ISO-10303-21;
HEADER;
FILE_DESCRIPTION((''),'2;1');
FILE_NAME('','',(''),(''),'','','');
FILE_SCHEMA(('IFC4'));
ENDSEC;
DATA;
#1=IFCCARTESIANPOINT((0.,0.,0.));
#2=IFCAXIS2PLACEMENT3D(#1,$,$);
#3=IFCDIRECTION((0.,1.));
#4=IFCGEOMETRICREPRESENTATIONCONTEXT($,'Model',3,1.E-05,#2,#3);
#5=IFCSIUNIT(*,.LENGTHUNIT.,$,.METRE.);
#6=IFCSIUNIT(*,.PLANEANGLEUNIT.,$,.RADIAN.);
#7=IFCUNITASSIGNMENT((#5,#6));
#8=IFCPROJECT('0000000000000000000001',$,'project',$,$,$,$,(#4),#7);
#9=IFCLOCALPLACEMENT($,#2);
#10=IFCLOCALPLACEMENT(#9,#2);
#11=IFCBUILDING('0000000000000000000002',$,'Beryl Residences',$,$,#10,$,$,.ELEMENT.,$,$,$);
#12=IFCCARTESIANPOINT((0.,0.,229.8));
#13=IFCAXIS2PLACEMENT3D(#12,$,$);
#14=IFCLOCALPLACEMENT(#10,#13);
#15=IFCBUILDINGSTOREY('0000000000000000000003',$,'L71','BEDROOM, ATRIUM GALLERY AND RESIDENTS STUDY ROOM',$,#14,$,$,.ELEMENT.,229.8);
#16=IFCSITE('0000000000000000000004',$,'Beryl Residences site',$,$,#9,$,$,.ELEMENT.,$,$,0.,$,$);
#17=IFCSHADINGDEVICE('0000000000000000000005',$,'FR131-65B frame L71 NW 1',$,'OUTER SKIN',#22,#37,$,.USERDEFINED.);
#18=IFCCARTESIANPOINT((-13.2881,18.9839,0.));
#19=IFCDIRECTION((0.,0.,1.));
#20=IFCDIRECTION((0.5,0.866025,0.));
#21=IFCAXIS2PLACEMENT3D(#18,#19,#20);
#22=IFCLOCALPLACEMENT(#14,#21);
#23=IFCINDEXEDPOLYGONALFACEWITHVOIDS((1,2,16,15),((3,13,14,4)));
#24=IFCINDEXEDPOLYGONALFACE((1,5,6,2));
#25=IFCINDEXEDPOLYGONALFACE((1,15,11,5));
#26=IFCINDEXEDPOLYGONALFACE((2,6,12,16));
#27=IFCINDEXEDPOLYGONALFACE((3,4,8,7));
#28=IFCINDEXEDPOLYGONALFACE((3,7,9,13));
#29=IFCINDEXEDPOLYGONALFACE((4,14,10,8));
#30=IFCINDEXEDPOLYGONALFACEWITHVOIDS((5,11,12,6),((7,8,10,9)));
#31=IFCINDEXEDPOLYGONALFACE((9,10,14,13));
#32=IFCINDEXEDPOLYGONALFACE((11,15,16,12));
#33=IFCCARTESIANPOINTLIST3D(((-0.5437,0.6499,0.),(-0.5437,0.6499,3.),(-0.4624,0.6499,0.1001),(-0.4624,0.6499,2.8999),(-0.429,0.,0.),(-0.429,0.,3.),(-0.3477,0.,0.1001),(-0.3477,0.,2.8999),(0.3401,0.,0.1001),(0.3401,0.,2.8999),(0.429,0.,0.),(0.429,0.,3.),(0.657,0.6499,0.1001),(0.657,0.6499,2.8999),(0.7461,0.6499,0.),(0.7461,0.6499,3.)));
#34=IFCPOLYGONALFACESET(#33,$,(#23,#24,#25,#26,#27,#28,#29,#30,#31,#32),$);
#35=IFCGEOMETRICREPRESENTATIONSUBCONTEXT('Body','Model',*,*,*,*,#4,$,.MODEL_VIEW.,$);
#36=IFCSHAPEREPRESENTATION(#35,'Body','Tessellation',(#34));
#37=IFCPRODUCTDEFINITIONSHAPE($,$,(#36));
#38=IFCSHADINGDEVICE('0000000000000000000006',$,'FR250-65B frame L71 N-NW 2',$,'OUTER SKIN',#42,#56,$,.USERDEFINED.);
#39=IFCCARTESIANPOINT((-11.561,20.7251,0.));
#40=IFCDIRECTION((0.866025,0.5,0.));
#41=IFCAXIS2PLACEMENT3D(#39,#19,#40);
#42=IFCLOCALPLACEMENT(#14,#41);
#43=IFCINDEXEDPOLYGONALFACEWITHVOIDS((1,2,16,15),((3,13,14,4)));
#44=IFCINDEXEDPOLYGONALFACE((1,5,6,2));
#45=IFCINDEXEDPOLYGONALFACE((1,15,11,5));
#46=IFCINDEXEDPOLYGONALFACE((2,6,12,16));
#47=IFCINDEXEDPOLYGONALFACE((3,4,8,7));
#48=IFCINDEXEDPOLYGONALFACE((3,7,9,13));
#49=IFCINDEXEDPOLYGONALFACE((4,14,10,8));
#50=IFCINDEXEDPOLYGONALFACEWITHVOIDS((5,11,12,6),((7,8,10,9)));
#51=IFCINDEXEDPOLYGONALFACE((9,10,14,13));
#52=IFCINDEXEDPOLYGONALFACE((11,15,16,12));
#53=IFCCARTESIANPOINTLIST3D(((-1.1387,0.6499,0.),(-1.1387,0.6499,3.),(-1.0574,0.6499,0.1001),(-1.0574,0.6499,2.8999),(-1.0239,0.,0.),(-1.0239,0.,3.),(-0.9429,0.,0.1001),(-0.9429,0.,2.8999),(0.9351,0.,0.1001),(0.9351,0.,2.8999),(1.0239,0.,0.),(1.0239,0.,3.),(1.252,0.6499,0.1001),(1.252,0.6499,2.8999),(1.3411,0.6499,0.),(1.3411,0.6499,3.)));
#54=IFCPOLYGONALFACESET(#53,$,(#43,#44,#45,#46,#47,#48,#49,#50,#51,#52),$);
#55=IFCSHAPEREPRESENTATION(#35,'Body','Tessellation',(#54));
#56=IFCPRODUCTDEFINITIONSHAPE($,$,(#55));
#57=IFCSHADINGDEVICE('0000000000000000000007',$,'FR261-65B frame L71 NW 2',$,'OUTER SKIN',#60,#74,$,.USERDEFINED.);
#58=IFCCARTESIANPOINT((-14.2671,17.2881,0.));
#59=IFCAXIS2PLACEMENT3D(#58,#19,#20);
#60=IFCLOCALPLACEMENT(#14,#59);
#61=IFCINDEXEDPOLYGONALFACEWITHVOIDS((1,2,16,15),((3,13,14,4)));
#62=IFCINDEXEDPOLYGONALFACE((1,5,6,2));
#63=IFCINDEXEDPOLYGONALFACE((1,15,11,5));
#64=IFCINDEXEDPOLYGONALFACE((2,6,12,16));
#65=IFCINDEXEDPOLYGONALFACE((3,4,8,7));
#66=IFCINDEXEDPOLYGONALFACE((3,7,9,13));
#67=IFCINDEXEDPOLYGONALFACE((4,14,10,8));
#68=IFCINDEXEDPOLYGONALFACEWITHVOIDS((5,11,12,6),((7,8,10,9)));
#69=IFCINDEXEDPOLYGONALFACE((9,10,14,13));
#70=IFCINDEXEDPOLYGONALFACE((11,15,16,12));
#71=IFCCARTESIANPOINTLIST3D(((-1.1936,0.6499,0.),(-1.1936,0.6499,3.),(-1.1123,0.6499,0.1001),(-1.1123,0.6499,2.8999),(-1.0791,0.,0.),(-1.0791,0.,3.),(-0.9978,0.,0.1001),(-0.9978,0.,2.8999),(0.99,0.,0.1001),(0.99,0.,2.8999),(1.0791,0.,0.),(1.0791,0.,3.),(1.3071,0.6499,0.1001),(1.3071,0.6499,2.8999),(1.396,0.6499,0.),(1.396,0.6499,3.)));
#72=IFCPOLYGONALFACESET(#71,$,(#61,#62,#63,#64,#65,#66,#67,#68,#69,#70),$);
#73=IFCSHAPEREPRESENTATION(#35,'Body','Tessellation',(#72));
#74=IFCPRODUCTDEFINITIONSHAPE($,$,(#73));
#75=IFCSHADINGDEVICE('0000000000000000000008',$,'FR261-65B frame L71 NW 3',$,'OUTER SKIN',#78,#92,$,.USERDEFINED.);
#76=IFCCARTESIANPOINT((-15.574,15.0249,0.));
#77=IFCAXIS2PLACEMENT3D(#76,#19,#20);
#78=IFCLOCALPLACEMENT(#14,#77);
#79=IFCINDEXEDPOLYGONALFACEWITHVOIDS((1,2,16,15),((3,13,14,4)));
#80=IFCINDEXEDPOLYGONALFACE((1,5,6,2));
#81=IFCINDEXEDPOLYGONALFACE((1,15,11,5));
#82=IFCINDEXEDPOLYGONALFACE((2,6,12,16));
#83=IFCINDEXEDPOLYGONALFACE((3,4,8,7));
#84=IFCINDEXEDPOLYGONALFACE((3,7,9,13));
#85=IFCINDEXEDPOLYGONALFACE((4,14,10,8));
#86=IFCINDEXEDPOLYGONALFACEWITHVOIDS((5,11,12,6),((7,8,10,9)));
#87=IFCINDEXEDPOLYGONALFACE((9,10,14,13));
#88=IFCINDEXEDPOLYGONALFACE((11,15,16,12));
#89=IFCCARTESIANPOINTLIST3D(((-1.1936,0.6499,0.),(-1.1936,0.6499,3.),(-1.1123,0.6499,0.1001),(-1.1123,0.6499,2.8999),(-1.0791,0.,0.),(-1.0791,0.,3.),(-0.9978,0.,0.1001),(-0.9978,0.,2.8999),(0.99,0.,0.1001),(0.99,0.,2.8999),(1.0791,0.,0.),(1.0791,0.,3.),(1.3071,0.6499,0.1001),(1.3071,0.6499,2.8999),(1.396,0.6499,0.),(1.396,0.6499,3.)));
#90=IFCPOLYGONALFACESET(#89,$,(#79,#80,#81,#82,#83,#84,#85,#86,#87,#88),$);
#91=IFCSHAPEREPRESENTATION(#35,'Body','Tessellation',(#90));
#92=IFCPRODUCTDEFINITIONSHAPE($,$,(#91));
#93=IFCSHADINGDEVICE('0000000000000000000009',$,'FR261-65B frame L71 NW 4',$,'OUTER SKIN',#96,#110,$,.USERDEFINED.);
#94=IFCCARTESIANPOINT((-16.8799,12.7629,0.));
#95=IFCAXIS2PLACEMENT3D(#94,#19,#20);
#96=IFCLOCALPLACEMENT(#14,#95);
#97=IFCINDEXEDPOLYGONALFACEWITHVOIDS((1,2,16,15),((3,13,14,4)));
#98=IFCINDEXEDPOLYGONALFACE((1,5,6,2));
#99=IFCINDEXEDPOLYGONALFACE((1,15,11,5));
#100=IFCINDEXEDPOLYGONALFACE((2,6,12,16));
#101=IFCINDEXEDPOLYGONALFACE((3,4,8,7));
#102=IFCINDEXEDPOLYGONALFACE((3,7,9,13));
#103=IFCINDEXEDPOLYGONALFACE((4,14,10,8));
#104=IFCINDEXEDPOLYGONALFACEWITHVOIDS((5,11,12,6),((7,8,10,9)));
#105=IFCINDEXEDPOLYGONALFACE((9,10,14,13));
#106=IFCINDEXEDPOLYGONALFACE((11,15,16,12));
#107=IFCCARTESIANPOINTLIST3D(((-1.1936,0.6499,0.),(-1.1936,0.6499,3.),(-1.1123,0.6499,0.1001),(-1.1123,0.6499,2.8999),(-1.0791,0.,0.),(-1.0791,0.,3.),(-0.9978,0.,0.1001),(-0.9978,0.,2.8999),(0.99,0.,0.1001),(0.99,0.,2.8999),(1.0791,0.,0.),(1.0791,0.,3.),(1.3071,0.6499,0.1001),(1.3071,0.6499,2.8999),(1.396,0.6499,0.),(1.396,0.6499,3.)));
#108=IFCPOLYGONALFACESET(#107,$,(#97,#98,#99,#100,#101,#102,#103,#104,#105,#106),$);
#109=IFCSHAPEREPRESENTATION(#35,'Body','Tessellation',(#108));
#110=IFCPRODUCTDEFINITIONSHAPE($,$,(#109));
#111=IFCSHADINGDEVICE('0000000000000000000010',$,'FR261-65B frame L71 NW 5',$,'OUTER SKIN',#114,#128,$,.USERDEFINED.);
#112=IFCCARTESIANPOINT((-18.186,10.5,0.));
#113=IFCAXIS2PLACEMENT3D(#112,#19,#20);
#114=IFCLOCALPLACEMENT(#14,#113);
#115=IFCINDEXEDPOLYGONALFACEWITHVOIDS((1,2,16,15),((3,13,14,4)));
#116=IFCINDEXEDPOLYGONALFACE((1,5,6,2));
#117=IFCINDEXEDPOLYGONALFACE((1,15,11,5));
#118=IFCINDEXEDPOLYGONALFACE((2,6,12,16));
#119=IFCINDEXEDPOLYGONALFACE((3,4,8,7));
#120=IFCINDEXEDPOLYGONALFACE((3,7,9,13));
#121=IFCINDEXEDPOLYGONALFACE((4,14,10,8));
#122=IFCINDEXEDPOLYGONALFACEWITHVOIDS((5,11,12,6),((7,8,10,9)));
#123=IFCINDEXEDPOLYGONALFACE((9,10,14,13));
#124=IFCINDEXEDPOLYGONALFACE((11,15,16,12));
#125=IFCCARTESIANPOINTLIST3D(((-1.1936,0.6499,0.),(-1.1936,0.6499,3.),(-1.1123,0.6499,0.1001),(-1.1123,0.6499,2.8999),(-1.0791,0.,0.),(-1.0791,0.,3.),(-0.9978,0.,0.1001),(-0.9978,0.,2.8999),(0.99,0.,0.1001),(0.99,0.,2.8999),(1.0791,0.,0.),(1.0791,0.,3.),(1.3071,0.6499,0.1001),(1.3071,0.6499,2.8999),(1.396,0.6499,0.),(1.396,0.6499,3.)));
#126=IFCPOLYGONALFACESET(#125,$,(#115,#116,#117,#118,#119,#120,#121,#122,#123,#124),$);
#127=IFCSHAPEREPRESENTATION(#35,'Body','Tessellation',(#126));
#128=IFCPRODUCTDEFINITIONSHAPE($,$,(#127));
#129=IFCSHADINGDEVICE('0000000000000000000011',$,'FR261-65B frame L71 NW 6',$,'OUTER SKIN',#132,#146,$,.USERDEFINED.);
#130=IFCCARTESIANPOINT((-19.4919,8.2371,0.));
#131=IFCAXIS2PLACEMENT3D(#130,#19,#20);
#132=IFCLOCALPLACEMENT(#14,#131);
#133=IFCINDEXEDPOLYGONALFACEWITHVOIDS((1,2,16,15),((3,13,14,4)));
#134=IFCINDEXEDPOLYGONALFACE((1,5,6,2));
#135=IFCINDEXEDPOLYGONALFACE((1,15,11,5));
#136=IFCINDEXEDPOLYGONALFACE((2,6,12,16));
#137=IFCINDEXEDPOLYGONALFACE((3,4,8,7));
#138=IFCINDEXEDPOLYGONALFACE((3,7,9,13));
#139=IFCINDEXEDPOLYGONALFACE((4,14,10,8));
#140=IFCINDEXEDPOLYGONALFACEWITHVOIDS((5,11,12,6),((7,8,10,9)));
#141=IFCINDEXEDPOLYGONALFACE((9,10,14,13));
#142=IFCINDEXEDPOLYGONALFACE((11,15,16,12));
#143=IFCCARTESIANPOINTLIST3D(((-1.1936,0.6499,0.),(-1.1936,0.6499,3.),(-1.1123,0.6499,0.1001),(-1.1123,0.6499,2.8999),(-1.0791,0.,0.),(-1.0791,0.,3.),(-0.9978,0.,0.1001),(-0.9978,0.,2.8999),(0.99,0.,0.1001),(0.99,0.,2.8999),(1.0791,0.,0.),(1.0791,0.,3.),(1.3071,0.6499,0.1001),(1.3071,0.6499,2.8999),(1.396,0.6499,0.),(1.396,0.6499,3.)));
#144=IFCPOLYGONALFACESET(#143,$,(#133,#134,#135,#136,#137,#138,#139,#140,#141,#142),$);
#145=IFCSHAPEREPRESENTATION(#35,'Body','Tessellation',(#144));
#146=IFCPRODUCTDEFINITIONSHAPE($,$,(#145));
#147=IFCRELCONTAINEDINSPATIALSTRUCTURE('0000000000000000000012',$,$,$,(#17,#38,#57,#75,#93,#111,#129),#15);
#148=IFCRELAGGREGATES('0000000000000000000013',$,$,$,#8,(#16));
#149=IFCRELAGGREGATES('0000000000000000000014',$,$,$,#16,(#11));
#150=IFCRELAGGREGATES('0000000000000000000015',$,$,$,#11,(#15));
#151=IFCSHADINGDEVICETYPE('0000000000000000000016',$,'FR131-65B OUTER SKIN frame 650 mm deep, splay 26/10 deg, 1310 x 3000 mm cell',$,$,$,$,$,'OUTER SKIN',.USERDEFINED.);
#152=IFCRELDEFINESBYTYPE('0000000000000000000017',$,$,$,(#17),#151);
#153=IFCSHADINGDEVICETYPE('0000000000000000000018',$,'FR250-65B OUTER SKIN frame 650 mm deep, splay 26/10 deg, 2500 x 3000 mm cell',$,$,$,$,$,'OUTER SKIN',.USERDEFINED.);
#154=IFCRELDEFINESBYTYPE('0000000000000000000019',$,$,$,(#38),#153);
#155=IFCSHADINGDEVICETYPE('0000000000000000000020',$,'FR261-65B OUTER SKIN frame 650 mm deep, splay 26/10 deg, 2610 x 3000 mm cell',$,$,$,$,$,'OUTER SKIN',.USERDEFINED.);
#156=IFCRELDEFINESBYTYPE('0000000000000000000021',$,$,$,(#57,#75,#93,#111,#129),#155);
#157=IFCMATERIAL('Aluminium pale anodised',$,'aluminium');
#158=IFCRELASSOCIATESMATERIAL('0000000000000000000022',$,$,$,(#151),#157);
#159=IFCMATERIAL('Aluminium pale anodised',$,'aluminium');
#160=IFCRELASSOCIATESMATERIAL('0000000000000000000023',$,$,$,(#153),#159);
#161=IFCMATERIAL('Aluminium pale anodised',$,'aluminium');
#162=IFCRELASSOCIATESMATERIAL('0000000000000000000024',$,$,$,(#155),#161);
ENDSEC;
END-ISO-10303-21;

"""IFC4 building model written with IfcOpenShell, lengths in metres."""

from ifc_helpers import new_model, entity, si_unit, direction, frame, origin, place, context, subcontext, project, spatial, source, transform, mapped, material, type_object, type_shapes, element, save


model = new_model("IFC4")

# Units and contexts
model_context = context("Model", 3, precision=1e-05, world=origin(), true_north=direction((0.0, 1.0)))
body_context = subcontext(model_context, "Body", "Model", "MODEL_VIEW")
ifc_project = project(units=[si_unit("LENGTHUNIT", "METRE"), si_unit("PLANEANGLEUNIT", "RADIAN")], contexts=[model_context])

# Site, building, storey
site_placement = place(None, origin())
site = spatial("IfcSite", under=ifc_project, at=site_placement, Name="Beryl Residences site", CompositionType="ELEMENT", RefElevation=0.0)
building_placement = place(site_placement, origin())
building = spatial("IfcBuilding", under=site, at=building_placement, Name="Beryl Residences", CompositionType="ELEMENT")
storey_placement = place(building_placement, frame((0.0, 0.0, 229.8)))
storey = spatial("IfcBuildingStorey", under=building, at=storey_placement, Name="L71", Description="BEDROOM, ATRIUM GALLERY AND RESIDENTS STUDY ROOM", CompositionType="ELEMENT", Elevation=229.8)

# Shading devices
ifc_material_1 = material(Name="Aluminium pale anodised", Category="aluminium")
shading_device_type_1 = type_object("IfcShadingDeviceType", Name="FR131-65B OUTER SKIN frame 650 mm deep, splay 26/10 deg, 1310 x 3000 mm cell", ElementType="OUTER SKIN", PredefinedType="USERDEFINED", material=ifc_material_1)
cartesian_point_1 = entity("IfcCartesianPoint", [-0.429, 0.0])
cartesian_point_2 = entity("IfcCartesianPoint", [-0.3401, 0.1001])
cartesian_point_3 = entity("IfcCartesianPoint", [-0.7461, 0.0])
cartesian_point_4 = entity("IfcCartesianPoint", [-0.657, 0.1001])
shared_shape_1 = source(origin(), body_context, "Body", "SweptSolid", [
    entity("IfcExtrudedAreaSolidTapered", entity("IfcArbitraryProfileDefWithVoids", "AREA", None, entity("IfcPolyline", [cartesian_point_1, entity("IfcCartesianPoint", [0.429, 0.0]), entity("IfcCartesianPoint", [0.429, 3.0]), entity("IfcCartesianPoint", [-0.429, 3.0]), cartesian_point_1]), [entity("IfcPolyline", [cartesian_point_2, entity("IfcCartesianPoint", [0.3477, 0.1001]), entity("IfcCartesianPoint", [0.3477, 2.8999]), entity("IfcCartesianPoint", [-0.3401, 2.8999]), cartesian_point_2])]), entity("IfcAxis2Placement3D", entity("IfcCartesianPoint", [0.0, 0.0, 0.0]), entity("IfcDirection", [0.0, 1.0, 0.0]), entity("IfcDirection", [-1.0, 0.0, 0.0])), entity("IfcDirection", [0.0, 0.0, 1.0]), 0.6499, entity("IfcArbitraryProfileDefWithVoids", "AREA", None, entity("IfcPolyline", [cartesian_point_3, entity("IfcCartesianPoint", [0.5437, 0.0]), entity("IfcCartesianPoint", [0.5437, 3.0]), entity("IfcCartesianPoint", [-0.7461, 3.0]), cartesian_point_3]), [entity("IfcPolyline", [cartesian_point_4, entity("IfcCartesianPoint", [0.4624, 0.1001]), entity("IfcCartesianPoint", [0.4624, 2.8999]), entity("IfcCartesianPoint", [-0.657, 2.8999]), cartesian_point_4])])),
])
type_shapes(shading_device_type_1, [shared_shape_1])
shading_device_1_placement = place(storey_placement, frame((-13.2881, 18.9839, 0.0), z_axis=(0.0, 0.0, 1.0), x_axis=(0.5, 0.866025, 0.0)))
element("IfcShadingDevice", 1, at=shading_device_1_placement, inside=storey, type_object=shading_device_type_1, Name="FR131-65B frame L71 NW 1", ObjectType="OUTER SKIN", PredefinedType="USERDEFINED", context=body_context, shape_type="MappedRepresentation", body=[
    mapped(shared_shape_1, transform((0.0, 0.0, 0.0))),
])
ifc_material_2 = material(Name="Aluminium pale anodised", Category="aluminium")
shading_device_type_2 = type_object("IfcShadingDeviceType", Name="FR250-65B OUTER SKIN frame 650 mm deep, splay 26/10 deg, 2500 x 3000 mm cell", ElementType="OUTER SKIN", PredefinedType="USERDEFINED", material=ifc_material_2)
cartesian_point_5 = entity("IfcCartesianPoint", [-1.0239, 0.0])
cartesian_point_6 = entity("IfcCartesianPoint", [-0.9351, 0.1001])
cartesian_point_7 = entity("IfcCartesianPoint", [-1.3411, 0.0])
cartesian_point_8 = entity("IfcCartesianPoint", [-1.252, 0.1001])
shared_shape_2 = source(origin(), body_context, "Body", "SweptSolid", [
    entity("IfcExtrudedAreaSolidTapered", entity("IfcArbitraryProfileDefWithVoids", "AREA", None, entity("IfcPolyline", [cartesian_point_5, entity("IfcCartesianPoint", [1.0239, 0.0]), entity("IfcCartesianPoint", [1.0239, 3.0]), entity("IfcCartesianPoint", [-1.0239, 3.0]), cartesian_point_5]), [entity("IfcPolyline", [cartesian_point_6, entity("IfcCartesianPoint", [0.9429, 0.1001]), entity("IfcCartesianPoint", [0.9429, 2.8999]), entity("IfcCartesianPoint", [-0.9351, 2.8999]), cartesian_point_6])]), entity("IfcAxis2Placement3D", entity("IfcCartesianPoint", [0.0, 0.0, 0.0]), entity("IfcDirection", [0.0, 1.0, 0.0]), entity("IfcDirection", [-1.0, 0.0, 0.0])), entity("IfcDirection", [0.0, 0.0, 1.0]), 0.6499, entity("IfcArbitraryProfileDefWithVoids", "AREA", None, entity("IfcPolyline", [cartesian_point_7, entity("IfcCartesianPoint", [1.1387, 0.0]), entity("IfcCartesianPoint", [1.1387, 3.0]), entity("IfcCartesianPoint", [-1.3411, 3.0]), cartesian_point_7]), [entity("IfcPolyline", [cartesian_point_8, entity("IfcCartesianPoint", [1.0574, 0.1001]), entity("IfcCartesianPoint", [1.0574, 2.8999]), entity("IfcCartesianPoint", [-1.252, 2.8999]), cartesian_point_8])])),
])
type_shapes(shading_device_type_2, [shared_shape_2])
shading_device_2_placement = place(storey_placement, frame((-11.561, 20.7251, 0.0), z_axis=(0.0, 0.0, 1.0), x_axis=(0.866025, 0.5, 0.0)))
element("IfcShadingDevice", 2, at=shading_device_2_placement, inside=storey, type_object=shading_device_type_2, Name="FR250-65B frame L71 N-NW 2", ObjectType="OUTER SKIN", PredefinedType="USERDEFINED", context=body_context, shape_type="MappedRepresentation", body=[
    mapped(shared_shape_2, transform((0.0, 0.0, 0.0))),
])
ifc_material_3 = material(Name="Aluminium pale anodised", Category="aluminium")
shading_device_type_3 = type_object("IfcShadingDeviceType", Name="FR261-65B OUTER SKIN frame 650 mm deep, splay 26/10 deg, 2610 x 3000 mm cell", ElementType="OUTER SKIN", PredefinedType="USERDEFINED", material=ifc_material_3)
cartesian_point_9 = entity("IfcCartesianPoint", [-1.0791, 0.0])
cartesian_point_10 = entity("IfcCartesianPoint", [-0.99, 0.1001])
cartesian_point_11 = entity("IfcCartesianPoint", [-1.396, 0.0])
cartesian_point_12 = entity("IfcCartesianPoint", [-1.3071, 0.1001])
shared_shape_3 = source(origin(), body_context, "Body", "SweptSolid", [
    entity("IfcExtrudedAreaSolidTapered", entity("IfcArbitraryProfileDefWithVoids", "AREA", None, entity("IfcPolyline", [cartesian_point_9, entity("IfcCartesianPoint", [1.0791, 0.0]), entity("IfcCartesianPoint", [1.0791, 3.0]), entity("IfcCartesianPoint", [-1.0791, 3.0]), cartesian_point_9]), [entity("IfcPolyline", [cartesian_point_10, entity("IfcCartesianPoint", [0.9978, 0.1001]), entity("IfcCartesianPoint", [0.9978, 2.8999]), entity("IfcCartesianPoint", [-0.99, 2.8999]), cartesian_point_10])]), entity("IfcAxis2Placement3D", entity("IfcCartesianPoint", [0.0, 0.0, 0.0]), entity("IfcDirection", [0.0, 1.0, 0.0]), entity("IfcDirection", [-1.0, 0.0, 0.0])), entity("IfcDirection", [0.0, 0.0, 1.0]), 0.6499, entity("IfcArbitraryProfileDefWithVoids", "AREA", None, entity("IfcPolyline", [cartesian_point_11, entity("IfcCartesianPoint", [1.1936, 0.0]), entity("IfcCartesianPoint", [1.1936, 3.0]), entity("IfcCartesianPoint", [-1.396, 3.0]), cartesian_point_11]), [entity("IfcPolyline", [cartesian_point_12, entity("IfcCartesianPoint", [1.1123, 0.1001]), entity("IfcCartesianPoint", [1.1123, 2.8999]), entity("IfcCartesianPoint", [-1.3071, 2.8999]), cartesian_point_12])])),
])
type_shapes(shading_device_type_3, [shared_shape_3])
for number, where, z_axis, x_axis, name in (
    (3, (-14.2671, 17.2881, 0.0), (0.0, 0.0, 1.0), (0.5, 0.866025, 0.0), "FR261-65B frame L71 NW 2"),
    (4, (-15.574, 15.0249, 0.0), (0.0, 0.0, 1.0), (0.5, 0.866025, 0.0), "FR261-65B frame L71 NW 3"),
    (5, (-16.8799, 12.7629, 0.0), (0.0, 0.0, 1.0), (0.5, 0.866025, 0.0), "FR261-65B frame L71 NW 4"),
    (6, (-18.186, 10.5, 0.0), (0.0, 0.0, 1.0), (0.5, 0.866025, 0.0), "FR261-65B frame L71 NW 5"),
    (7, (-19.4919, 8.2371, 0.0), (0.0, 0.0, 1.0), (0.5, 0.866025, 0.0), "FR261-65B frame L71 NW 6"),
):
    element("IfcShadingDevice", number, at=place(storey_placement, frame(where, z_axis=z_axis, x_axis=x_axis)), inside=storey, type_object=shading_device_type_3, Name=name, ObjectType="OUTER SKIN", PredefinedType="USERDEFINED", context=body_context, shape_type="MappedRepresentation", body=[
        mapped(shared_shape_3, transform((0.0, 0.0, 0.0))),
    ])

save(model, "model.ifc")
